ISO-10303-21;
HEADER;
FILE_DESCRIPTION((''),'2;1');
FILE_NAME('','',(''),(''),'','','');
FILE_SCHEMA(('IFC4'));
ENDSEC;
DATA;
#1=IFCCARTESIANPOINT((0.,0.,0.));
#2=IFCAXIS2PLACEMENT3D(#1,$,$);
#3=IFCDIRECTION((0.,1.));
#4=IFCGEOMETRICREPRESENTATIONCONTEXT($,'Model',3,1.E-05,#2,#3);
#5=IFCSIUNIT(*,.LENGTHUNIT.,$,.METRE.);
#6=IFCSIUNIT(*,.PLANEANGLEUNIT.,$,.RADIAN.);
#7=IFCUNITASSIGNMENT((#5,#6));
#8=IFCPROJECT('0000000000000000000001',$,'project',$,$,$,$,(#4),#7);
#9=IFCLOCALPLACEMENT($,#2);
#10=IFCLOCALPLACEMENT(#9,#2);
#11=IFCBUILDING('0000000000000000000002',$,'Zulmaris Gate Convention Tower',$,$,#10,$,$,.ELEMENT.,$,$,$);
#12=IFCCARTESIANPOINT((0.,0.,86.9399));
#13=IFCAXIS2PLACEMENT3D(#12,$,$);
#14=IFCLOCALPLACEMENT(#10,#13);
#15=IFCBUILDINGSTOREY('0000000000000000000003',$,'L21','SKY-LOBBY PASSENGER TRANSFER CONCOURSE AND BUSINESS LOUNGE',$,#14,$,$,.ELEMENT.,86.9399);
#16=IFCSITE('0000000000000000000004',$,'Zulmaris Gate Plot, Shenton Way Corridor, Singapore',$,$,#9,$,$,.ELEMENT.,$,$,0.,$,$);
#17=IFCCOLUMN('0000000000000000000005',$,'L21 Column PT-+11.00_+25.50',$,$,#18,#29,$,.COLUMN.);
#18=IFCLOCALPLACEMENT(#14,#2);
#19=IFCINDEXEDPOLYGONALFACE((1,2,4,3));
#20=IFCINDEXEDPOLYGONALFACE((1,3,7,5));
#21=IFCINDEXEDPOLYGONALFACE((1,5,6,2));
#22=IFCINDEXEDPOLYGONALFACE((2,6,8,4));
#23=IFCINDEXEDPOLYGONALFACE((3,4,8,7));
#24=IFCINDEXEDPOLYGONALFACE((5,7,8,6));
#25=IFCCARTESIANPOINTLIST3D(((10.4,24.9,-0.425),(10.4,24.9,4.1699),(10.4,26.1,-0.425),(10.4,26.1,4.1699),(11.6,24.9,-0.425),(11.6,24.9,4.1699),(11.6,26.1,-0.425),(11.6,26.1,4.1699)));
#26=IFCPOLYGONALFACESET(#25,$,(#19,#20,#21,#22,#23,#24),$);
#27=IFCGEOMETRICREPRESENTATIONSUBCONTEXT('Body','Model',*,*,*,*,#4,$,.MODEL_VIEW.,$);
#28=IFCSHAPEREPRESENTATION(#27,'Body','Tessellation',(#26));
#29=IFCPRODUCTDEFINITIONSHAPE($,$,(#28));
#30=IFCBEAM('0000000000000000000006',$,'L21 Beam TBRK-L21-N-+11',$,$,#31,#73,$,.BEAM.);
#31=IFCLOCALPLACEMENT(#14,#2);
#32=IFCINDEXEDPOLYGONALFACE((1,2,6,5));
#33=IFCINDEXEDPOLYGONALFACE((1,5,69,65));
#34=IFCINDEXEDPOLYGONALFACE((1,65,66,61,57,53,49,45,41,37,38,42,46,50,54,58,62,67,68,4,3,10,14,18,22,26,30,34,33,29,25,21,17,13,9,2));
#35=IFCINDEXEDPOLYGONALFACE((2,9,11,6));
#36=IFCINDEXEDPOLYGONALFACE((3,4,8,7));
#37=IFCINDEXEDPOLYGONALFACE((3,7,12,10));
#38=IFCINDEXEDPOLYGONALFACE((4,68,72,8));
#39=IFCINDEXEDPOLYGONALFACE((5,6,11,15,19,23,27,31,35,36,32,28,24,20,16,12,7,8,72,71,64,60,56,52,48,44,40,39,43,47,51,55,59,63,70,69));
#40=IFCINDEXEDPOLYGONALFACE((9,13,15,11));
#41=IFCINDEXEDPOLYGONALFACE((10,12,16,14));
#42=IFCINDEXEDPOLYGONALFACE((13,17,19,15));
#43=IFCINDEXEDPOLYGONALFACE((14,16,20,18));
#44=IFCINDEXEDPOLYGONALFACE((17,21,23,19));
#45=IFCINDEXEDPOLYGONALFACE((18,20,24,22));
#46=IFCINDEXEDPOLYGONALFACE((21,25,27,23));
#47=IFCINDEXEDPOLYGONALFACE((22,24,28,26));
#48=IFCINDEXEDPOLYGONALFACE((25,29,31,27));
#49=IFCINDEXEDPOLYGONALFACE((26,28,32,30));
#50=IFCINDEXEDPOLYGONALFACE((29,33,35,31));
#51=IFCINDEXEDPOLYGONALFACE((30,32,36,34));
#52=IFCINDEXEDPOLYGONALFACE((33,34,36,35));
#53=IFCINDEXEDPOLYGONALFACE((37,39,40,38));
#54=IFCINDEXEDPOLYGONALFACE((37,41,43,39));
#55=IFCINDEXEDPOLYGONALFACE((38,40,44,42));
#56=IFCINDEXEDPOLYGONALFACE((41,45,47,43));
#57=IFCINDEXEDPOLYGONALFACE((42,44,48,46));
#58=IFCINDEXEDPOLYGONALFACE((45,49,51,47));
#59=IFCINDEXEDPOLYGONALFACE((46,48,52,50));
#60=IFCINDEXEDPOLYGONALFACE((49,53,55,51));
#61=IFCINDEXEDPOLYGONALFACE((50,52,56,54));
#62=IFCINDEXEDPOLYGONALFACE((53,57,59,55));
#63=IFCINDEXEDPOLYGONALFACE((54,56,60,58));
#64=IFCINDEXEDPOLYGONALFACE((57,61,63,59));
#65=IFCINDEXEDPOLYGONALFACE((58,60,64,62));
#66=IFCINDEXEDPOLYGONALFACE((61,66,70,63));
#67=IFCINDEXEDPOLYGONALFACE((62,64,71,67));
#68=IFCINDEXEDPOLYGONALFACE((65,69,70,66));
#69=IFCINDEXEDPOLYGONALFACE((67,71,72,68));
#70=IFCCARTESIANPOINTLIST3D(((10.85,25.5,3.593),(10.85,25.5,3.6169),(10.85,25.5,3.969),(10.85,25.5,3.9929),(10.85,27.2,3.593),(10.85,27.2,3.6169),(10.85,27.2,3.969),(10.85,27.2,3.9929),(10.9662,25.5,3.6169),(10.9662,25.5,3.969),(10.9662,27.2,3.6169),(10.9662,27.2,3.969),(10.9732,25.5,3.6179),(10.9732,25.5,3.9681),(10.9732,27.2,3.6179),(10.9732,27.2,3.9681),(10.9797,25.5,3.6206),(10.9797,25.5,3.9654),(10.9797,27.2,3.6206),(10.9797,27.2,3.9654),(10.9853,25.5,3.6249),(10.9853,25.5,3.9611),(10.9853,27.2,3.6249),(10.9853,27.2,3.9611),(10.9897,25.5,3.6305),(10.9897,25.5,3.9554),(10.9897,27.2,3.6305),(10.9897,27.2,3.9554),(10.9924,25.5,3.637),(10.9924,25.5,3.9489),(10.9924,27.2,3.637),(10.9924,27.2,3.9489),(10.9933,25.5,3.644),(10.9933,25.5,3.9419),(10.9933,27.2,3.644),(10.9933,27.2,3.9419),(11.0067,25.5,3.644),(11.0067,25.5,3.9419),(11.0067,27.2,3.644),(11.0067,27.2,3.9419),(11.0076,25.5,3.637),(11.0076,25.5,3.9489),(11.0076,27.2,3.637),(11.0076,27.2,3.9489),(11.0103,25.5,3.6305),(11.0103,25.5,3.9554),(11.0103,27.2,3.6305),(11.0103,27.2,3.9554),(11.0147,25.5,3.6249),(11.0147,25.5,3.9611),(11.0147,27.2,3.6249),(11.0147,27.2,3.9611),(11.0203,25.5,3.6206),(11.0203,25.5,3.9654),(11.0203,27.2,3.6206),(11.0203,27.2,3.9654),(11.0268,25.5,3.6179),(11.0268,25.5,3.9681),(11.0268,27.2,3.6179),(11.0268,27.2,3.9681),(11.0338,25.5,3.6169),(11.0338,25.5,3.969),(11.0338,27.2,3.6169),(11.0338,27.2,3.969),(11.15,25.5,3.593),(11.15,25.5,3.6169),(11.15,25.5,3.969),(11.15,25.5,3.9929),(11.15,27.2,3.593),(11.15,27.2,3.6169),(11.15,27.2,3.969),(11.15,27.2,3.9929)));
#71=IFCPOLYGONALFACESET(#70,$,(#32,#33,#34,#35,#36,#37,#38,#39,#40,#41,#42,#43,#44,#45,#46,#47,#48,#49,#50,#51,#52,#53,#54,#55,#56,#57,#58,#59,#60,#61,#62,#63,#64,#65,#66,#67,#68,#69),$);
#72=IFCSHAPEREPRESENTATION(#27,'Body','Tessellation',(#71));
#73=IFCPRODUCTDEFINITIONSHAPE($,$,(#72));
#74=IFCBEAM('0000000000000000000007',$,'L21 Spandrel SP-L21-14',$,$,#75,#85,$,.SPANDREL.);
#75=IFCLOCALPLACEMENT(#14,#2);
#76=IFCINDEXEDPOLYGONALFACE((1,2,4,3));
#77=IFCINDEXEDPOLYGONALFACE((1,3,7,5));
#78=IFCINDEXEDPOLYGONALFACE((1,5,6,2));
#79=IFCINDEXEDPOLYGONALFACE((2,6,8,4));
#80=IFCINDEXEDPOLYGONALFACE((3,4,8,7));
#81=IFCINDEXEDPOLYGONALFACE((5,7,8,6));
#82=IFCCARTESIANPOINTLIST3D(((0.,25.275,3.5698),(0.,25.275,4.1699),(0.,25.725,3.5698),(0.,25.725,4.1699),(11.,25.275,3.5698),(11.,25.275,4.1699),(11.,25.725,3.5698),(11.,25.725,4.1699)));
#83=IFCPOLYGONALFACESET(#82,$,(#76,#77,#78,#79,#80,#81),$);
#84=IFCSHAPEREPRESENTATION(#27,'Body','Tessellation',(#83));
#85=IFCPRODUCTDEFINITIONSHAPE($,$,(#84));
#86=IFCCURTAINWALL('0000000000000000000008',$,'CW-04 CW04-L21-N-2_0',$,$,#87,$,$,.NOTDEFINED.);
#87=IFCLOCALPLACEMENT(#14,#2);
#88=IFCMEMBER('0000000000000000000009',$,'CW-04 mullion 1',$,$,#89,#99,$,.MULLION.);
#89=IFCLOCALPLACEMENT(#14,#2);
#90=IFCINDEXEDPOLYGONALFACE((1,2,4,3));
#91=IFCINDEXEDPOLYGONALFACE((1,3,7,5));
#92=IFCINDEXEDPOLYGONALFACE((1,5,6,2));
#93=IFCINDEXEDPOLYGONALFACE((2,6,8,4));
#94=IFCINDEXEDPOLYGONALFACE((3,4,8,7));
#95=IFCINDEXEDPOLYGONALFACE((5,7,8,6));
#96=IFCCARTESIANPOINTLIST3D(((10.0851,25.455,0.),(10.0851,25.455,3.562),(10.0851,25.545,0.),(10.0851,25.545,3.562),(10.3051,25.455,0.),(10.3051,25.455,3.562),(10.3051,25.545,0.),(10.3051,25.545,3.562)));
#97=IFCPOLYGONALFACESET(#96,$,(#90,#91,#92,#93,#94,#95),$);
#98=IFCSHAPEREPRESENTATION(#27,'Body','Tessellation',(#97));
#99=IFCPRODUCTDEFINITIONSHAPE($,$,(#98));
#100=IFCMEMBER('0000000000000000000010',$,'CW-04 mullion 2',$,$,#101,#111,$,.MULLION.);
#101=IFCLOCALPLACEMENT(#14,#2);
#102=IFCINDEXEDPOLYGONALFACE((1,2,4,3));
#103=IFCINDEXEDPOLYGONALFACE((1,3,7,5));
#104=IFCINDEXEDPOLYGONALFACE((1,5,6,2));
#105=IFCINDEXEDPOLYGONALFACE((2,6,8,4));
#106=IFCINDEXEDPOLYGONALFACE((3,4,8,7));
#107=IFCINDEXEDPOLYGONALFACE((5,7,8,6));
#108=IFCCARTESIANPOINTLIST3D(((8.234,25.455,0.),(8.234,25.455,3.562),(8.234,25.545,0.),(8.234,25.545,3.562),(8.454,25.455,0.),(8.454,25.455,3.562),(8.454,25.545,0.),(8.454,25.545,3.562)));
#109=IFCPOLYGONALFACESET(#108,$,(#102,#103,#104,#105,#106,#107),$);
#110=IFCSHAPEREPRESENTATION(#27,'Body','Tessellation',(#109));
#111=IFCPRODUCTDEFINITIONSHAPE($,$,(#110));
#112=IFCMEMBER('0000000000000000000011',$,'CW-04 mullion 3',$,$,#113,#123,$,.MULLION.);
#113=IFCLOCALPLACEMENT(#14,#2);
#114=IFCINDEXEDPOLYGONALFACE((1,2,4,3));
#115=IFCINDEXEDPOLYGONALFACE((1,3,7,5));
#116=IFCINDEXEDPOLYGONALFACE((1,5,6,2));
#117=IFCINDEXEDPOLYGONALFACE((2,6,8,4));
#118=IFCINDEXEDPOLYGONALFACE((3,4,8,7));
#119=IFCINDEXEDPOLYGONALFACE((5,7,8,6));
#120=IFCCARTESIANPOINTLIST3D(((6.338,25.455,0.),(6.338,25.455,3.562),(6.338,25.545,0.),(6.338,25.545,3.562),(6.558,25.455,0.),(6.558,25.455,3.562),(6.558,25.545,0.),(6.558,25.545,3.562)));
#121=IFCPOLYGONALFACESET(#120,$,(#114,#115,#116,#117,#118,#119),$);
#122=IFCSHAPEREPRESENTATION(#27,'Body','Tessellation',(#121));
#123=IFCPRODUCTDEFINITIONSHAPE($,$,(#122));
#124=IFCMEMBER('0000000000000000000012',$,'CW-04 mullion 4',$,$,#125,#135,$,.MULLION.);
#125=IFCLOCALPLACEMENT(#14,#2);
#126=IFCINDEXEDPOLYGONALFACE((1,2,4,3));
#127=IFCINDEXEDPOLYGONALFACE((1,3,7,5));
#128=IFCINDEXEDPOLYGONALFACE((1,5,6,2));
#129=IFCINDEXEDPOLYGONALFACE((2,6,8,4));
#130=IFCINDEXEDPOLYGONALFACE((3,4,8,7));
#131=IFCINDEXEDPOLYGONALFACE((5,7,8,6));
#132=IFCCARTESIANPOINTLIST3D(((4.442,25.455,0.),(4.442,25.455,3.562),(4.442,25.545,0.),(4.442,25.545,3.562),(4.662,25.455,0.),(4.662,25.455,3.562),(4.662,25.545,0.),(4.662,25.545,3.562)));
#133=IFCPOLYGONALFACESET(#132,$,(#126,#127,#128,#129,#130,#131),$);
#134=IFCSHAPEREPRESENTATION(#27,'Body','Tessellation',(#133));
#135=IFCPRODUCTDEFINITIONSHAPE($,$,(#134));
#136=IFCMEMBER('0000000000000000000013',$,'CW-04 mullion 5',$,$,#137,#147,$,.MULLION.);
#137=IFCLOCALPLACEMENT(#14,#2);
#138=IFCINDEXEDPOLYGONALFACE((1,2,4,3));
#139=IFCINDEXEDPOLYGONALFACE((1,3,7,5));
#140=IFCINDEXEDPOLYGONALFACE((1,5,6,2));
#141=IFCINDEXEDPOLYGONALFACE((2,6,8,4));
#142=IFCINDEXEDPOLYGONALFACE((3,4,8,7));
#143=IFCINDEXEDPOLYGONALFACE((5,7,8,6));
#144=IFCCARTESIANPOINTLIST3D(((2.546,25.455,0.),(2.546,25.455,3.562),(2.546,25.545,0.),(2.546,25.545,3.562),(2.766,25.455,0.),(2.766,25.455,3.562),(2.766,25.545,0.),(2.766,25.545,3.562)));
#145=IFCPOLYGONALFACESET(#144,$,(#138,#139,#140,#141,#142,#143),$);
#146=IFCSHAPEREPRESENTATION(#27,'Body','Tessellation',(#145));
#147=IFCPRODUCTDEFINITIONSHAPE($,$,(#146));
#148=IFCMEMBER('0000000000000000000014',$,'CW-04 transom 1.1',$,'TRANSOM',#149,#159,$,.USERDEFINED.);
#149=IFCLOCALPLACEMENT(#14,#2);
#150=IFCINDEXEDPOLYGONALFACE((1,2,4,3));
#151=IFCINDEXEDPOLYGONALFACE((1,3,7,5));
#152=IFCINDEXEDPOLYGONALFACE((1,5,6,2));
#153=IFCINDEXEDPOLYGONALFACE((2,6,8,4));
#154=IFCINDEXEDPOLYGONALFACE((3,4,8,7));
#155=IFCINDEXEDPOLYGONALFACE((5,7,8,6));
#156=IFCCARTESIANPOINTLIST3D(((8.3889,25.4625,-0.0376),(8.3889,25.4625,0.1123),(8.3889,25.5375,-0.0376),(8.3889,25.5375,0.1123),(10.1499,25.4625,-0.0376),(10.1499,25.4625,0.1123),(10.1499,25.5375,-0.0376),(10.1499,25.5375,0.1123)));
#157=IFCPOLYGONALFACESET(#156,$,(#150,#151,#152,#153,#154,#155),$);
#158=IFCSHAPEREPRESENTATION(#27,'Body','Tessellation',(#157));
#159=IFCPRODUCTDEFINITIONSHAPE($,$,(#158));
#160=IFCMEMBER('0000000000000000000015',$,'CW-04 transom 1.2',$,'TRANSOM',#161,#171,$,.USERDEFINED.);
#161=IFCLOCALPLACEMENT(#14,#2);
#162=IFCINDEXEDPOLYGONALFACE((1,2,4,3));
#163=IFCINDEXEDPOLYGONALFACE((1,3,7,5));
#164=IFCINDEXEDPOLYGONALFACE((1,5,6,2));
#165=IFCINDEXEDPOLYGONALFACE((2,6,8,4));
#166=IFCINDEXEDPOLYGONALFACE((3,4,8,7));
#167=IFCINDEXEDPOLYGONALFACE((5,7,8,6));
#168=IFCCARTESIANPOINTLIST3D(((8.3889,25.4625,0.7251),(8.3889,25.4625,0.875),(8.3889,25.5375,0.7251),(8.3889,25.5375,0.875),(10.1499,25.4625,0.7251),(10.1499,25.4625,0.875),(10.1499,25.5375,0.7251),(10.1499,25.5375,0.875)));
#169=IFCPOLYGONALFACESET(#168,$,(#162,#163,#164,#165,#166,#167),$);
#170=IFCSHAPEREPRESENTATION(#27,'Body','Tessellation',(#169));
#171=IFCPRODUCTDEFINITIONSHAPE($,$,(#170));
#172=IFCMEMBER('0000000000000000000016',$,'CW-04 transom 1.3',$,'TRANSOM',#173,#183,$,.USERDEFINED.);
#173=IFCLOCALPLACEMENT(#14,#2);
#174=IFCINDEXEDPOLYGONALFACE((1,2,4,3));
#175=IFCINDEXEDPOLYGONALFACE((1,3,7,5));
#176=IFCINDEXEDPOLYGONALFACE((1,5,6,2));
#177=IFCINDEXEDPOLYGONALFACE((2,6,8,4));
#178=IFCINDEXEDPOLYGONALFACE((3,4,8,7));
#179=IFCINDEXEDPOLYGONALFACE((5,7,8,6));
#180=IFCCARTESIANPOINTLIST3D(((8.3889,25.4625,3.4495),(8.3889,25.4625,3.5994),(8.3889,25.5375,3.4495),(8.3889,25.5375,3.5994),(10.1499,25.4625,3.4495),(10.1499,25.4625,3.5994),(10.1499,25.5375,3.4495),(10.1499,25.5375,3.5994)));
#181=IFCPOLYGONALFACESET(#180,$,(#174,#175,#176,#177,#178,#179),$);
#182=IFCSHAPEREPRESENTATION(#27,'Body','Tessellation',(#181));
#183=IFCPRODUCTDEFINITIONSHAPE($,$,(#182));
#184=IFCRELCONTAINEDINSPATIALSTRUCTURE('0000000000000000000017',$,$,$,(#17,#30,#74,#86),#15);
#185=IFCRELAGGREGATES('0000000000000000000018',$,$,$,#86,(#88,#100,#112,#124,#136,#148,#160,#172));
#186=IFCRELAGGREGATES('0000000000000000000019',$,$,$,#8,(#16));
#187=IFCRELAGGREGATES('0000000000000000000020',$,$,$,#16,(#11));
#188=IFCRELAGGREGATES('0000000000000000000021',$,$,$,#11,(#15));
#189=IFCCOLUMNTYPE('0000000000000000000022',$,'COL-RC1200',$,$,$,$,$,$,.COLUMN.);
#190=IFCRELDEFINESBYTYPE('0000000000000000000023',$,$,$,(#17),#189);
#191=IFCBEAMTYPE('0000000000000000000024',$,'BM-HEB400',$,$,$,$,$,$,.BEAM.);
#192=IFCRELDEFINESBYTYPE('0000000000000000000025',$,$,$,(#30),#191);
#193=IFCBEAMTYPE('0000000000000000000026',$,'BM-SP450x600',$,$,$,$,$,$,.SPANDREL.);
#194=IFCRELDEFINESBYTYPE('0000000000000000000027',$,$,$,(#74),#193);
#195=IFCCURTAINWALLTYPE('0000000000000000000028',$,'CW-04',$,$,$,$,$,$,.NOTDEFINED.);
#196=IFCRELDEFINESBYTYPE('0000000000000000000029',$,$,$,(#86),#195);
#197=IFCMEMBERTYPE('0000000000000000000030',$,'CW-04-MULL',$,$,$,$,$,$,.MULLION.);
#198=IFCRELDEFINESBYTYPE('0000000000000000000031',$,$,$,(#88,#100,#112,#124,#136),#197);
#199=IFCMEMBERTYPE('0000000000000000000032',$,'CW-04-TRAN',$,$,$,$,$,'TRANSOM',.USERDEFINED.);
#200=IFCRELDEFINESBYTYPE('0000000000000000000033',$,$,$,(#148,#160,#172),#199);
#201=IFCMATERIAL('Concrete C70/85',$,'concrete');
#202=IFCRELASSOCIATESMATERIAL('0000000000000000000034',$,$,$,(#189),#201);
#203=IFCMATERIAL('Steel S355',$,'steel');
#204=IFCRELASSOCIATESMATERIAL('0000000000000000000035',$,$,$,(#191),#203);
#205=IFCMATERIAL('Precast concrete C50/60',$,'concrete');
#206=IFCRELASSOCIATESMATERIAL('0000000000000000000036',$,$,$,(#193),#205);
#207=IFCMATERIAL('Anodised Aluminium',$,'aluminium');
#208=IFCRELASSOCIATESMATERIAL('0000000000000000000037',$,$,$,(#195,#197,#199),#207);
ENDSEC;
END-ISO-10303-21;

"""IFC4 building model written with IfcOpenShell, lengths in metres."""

from ifc_helpers import new_model, si_unit, direction, frame, origin, origin_2d, place, context, subcontext, project, spatial, rectangle, i_section, extrude, material, material_profile, profile_set, type_object, element, aggregate, save


model = new_model("IFC4")

# Units and contexts
model_context = context("Model", 3, precision=1e-05, world=origin(), true_north=direction((0.0, 1.0)))
body_context = subcontext(model_context, "Body", "Model", "MODEL_VIEW")
ifc_project = project(units=[si_unit("LENGTHUNIT", "METRE"), si_unit("PLANEANGLEUNIT", "RADIAN")], contexts=[model_context])

# Site, building, storey
site_placement = place(None, origin())
site = spatial("IfcSite", under=ifc_project, at=site_placement, Name="Zulmaris Gate Plot, Shenton Way Corridor, Singapore", CompositionType="ELEMENT", RefElevation=0.0)
building_placement = place(site_placement, origin())
building = spatial("IfcBuilding", under=site, at=building_placement, Name="Zulmaris Gate Convention Tower", CompositionType="ELEMENT")
storey_placement = place(building_placement, frame((0.0, 0.0, 86.9399)))
storey = spatial("IfcBuildingStorey", under=building, at=storey_placement, Name="L21", Description="SKY-LOBBY PASSENGER TRANSFER CONCOURSE AND BUSINESS LOUNGE", CompositionType="ELEMENT", Elevation=86.9399)

# Column
ifc_material_1 = material(Name="Concrete C70/85", Category="concrete")
ifc_material_profile_1 = material_profile(ifc_material_1, rectangle(XDim=1.2, YDim=1.2, at=origin_2d()), Name="RC COL 1200x1200")
ifc_profile_set_1 = profile_set([ifc_material_profile_1], Name="Concrete C70/85")
column_type = type_object("IfcColumnType", Name="COL-RC1200", PredefinedType="COLUMN", material=ifc_profile_set_1)
column_placement = place(storey_placement, frame((11.0, 25.5, -0.425), z_axis=(0.0, 0.0, 1.0), x_axis=(1.0, 0.0, 0.0)))
element("IfcColumn", 1, at=column_placement, inside=storey, type_object=column_type, Name="L21 Column PT-+11.00_+25.50", PredefinedType="COLUMN", context=body_context, shape_type="SweptSolid", body=[
    extrude(rectangle(XDim=1.2, YDim=1.2, at=origin_2d()), origin(), (0.0, 0.0, 1.0), 4.595),
])

# Beams
ifc_material_2 = material(Name="Steel S355", Category="steel")
ifc_material_profile_2 = material_profile(ifc_material_2, i_section(OverallWidth=0.3, OverallDepth=0.3999, WebThickness=0.0134, FlangeThickness=0.0239, FilletRadius=0.0271, at=origin_2d()), Name="HEB 400")
ifc_profile_set_2 = profile_set([ifc_material_profile_2], Name="Steel S355")
beam_type_1 = type_object("IfcBeamType", Name="BM-HEB400", PredefinedType="BEAM", material=ifc_profile_set_2)
beam_1_placement = place(storey_placement, frame((11.0, 25.5, 3.793), z_axis=(0.0, 1.0, 0.0), x_axis=(-1.0, 0.0, 0.0)))
element("IfcBeam", 2, at=beam_1_placement, inside=storey, type_object=beam_type_1, Name="L21 Beam TBRK-L21-N-+11", PredefinedType="BEAM", context=body_context, shape_type="SweptSolid", body=[
    extrude(i_section(OverallWidth=0.3, OverallDepth=0.3999, WebThickness=0.0134, FlangeThickness=0.0239, FilletRadius=0.0271, at=origin_2d()), origin(), (0.0, 0.0, 1.0), 1.7),
])
ifc_material_3 = material(Name="Precast concrete C50/60", Category="concrete")
ifc_material_profile_3 = material_profile(ifc_material_3, rectangle(XDim=0.45, YDim=0.6001, at=origin_2d()), Name="RC SPANDREL 450x600")
ifc_profile_set_3 = profile_set([ifc_material_profile_3], Name="Precast concrete C50/60")
beam_type_2 = type_object("IfcBeamType", Name="BM-SP450x600", PredefinedType="SPANDREL", material=ifc_profile_set_3)
beam_2_placement = place(storey_placement, frame((11.0, 25.5, 3.8699), z_axis=(-1.0, 0.0, 0.0), x_axis=(0.0, -1.0, 0.0)))
element("IfcBeam", 3, at=beam_2_placement, inside=storey, type_object=beam_type_2, Name="L21 Spandrel SP-L21-14", PredefinedType="SPANDREL", context=body_context, shape_type="SweptSolid", body=[
    extrude(rectangle(XDim=0.45, YDim=0.6001, at=origin_2d()), origin(), (0.0, 0.0, 1.0), 11.0),
])

# Curtain wall, members
ifc_material_4 = material(Name="Anodised Aluminium", Category="aluminium")
curtain_wall_type = type_object("IfcCurtainWallType", Name="CW-04", PredefinedType="NOTDEFINED", material=ifc_material_4)
curtain_wall_placement = place(storey_placement, origin())
curtain_wall = element("IfcCurtainWall", 4, at=curtain_wall_placement, inside=storey, type_object=curtain_wall_type, Name="CW-04 CW04-L21-N-2_0", PredefinedType="NOTDEFINED")
ifc_material_profile_4 = material_profile(ifc_material_4, rectangle(XDim=0.0901, YDim=0.22, at=origin_2d()), Name="ALU MULLION 90x220")
ifc_profile_set_4 = profile_set([ifc_material_profile_4], Name="Anodised Aluminium")
member_type_1 = type_object("IfcMemberType", Name="CW-04-MULL", PredefinedType="MULLION", material=ifc_profile_set_4)
member_1_placement = place(storey_placement, frame((10.1951, 25.5, 0.0), z_axis=(0.0, 0.0, 1.0), x_axis=(0.0, -1.0, 0.0)))
member_1 = element("IfcMember", 5, at=member_1_placement, type_object=member_type_1, Name="CW-04 mullion 1", PredefinedType="MULLION", context=body_context, shape_type="SweptSolid", body=[
    extrude(rectangle(XDim=0.0901, YDim=0.22, at=origin_2d()), origin(), (0.0, 0.0, 1.0), 3.562),
])
member_2_placement = place(storey_placement, frame((8.344, 25.5, 0.0), z_axis=(0.0, 0.0, 1.0), x_axis=(0.0, -1.0, 0.0)))
member_2 = element("IfcMember", 6, at=member_2_placement, type_object=member_type_1, Name="CW-04 mullion 2", PredefinedType="MULLION", context=body_context, shape_type="SweptSolid", body=[
    extrude(rectangle(XDim=0.0901, YDim=0.22, at=origin_2d()), origin(), (0.0, 0.0, 1.0), 3.562),
])
member_3_placement = place(storey_placement, frame((6.448, 25.5, 0.0), z_axis=(0.0, 0.0, 1.0), x_axis=(0.0, -1.0, 0.0)))
member_3 = element("IfcMember", 7, at=member_3_placement, type_object=member_type_1, Name="CW-04 mullion 3", PredefinedType="MULLION", context=body_context, shape_type="SweptSolid", body=[
    extrude(rectangle(XDim=0.0901, YDim=0.22, at=origin_2d()), origin(), (0.0, 0.0, 1.0), 3.562),
])
member_4_placement = place(storey_placement, frame((4.552, 25.5, 0.0), z_axis=(0.0, 0.0, 1.0), x_axis=(0.0, -1.0, 0.0)))
member_4 = element("IfcMember", 8, at=member_4_placement, type_object=member_type_1, Name="CW-04 mullion 4", PredefinedType="MULLION", context=body_context, shape_type="SweptSolid", body=[
    extrude(rectangle(XDim=0.0901, YDim=0.22, at=origin_2d()), origin(), (0.0, 0.0, 1.0), 3.562),
])
member_5_placement = place(storey_placement, frame((2.656, 25.5, 0.0), z_axis=(0.0, 0.0, 1.0), x_axis=(0.0, -1.0, 0.0)))
member_5 = element("IfcMember", 9, at=member_5_placement, type_object=member_type_1, Name="CW-04 mullion 5", PredefinedType="MULLION", context=body_context, shape_type="SweptSolid", body=[
    extrude(rectangle(XDim=0.0901, YDim=0.22, at=origin_2d()), origin(), (0.0, 0.0, 1.0), 3.562),
])
ifc_material_profile_5 = material_profile(ifc_material_4, rectangle(XDim=0.075, YDim=0.1499, at=origin_2d()), Name="ALU TRANSOM 75x150")
ifc_profile_set_5 = profile_set([ifc_material_profile_5], Name="Anodised Aluminium")
member_type_2 = type_object("IfcMemberType", Name="CW-04-TRAN", ElementType="TRANSOM", PredefinedType="USERDEFINED", material=ifc_profile_set_5)
member_6_placement = place(storey_placement, frame((10.1499, 25.5, 0.0374), z_axis=(-1.0, 0.0, 0.0), x_axis=(0.0, -1.0, 0.0)))
member_6 = element("IfcMember", 10, at=member_6_placement, type_object=member_type_2, Name="CW-04 transom 1.1", ObjectType="TRANSOM", PredefinedType="USERDEFINED", context=body_context, shape_type="SweptSolid", body=[
    extrude(rectangle(XDim=0.075, YDim=0.1499, at=origin_2d()), origin(), (0.0, 0.0, 1.0), 1.761),
])
member_7_placement = place(storey_placement, frame((10.1499, 25.5, 0.8), z_axis=(-1.0, 0.0, 0.0), x_axis=(0.0, -1.0, 0.0)))
member_7 = element("IfcMember", 11, at=member_7_placement, type_object=member_type_2, Name="CW-04 transom 1.2", ObjectType="TRANSOM", PredefinedType="USERDEFINED", context=body_context, shape_type="SweptSolid", body=[
    extrude(rectangle(XDim=0.075, YDim=0.1499, at=origin_2d()), origin(), (0.0, 0.0, 1.0), 1.761),
])
member_8_placement = place(storey_placement, frame((10.1499, 25.5, 3.5244), z_axis=(-1.0, 0.0, 0.0), x_axis=(0.0, -1.0, 0.0)))
member_8 = element("IfcMember", 12, at=member_8_placement, type_object=member_type_2, Name="CW-04 transom 1.3", ObjectType="TRANSOM", PredefinedType="USERDEFINED", context=body_context, shape_type="SweptSolid", body=[
    extrude(rectangle(XDim=0.075, YDim=0.1499, at=origin_2d()), origin(), (0.0, 0.0, 1.0), 1.761),
])
aggregate(curtain_wall, [member_1, member_2, member_3, member_4, member_5, member_6, member_7, member_8])

save(model, "model.ifc")
